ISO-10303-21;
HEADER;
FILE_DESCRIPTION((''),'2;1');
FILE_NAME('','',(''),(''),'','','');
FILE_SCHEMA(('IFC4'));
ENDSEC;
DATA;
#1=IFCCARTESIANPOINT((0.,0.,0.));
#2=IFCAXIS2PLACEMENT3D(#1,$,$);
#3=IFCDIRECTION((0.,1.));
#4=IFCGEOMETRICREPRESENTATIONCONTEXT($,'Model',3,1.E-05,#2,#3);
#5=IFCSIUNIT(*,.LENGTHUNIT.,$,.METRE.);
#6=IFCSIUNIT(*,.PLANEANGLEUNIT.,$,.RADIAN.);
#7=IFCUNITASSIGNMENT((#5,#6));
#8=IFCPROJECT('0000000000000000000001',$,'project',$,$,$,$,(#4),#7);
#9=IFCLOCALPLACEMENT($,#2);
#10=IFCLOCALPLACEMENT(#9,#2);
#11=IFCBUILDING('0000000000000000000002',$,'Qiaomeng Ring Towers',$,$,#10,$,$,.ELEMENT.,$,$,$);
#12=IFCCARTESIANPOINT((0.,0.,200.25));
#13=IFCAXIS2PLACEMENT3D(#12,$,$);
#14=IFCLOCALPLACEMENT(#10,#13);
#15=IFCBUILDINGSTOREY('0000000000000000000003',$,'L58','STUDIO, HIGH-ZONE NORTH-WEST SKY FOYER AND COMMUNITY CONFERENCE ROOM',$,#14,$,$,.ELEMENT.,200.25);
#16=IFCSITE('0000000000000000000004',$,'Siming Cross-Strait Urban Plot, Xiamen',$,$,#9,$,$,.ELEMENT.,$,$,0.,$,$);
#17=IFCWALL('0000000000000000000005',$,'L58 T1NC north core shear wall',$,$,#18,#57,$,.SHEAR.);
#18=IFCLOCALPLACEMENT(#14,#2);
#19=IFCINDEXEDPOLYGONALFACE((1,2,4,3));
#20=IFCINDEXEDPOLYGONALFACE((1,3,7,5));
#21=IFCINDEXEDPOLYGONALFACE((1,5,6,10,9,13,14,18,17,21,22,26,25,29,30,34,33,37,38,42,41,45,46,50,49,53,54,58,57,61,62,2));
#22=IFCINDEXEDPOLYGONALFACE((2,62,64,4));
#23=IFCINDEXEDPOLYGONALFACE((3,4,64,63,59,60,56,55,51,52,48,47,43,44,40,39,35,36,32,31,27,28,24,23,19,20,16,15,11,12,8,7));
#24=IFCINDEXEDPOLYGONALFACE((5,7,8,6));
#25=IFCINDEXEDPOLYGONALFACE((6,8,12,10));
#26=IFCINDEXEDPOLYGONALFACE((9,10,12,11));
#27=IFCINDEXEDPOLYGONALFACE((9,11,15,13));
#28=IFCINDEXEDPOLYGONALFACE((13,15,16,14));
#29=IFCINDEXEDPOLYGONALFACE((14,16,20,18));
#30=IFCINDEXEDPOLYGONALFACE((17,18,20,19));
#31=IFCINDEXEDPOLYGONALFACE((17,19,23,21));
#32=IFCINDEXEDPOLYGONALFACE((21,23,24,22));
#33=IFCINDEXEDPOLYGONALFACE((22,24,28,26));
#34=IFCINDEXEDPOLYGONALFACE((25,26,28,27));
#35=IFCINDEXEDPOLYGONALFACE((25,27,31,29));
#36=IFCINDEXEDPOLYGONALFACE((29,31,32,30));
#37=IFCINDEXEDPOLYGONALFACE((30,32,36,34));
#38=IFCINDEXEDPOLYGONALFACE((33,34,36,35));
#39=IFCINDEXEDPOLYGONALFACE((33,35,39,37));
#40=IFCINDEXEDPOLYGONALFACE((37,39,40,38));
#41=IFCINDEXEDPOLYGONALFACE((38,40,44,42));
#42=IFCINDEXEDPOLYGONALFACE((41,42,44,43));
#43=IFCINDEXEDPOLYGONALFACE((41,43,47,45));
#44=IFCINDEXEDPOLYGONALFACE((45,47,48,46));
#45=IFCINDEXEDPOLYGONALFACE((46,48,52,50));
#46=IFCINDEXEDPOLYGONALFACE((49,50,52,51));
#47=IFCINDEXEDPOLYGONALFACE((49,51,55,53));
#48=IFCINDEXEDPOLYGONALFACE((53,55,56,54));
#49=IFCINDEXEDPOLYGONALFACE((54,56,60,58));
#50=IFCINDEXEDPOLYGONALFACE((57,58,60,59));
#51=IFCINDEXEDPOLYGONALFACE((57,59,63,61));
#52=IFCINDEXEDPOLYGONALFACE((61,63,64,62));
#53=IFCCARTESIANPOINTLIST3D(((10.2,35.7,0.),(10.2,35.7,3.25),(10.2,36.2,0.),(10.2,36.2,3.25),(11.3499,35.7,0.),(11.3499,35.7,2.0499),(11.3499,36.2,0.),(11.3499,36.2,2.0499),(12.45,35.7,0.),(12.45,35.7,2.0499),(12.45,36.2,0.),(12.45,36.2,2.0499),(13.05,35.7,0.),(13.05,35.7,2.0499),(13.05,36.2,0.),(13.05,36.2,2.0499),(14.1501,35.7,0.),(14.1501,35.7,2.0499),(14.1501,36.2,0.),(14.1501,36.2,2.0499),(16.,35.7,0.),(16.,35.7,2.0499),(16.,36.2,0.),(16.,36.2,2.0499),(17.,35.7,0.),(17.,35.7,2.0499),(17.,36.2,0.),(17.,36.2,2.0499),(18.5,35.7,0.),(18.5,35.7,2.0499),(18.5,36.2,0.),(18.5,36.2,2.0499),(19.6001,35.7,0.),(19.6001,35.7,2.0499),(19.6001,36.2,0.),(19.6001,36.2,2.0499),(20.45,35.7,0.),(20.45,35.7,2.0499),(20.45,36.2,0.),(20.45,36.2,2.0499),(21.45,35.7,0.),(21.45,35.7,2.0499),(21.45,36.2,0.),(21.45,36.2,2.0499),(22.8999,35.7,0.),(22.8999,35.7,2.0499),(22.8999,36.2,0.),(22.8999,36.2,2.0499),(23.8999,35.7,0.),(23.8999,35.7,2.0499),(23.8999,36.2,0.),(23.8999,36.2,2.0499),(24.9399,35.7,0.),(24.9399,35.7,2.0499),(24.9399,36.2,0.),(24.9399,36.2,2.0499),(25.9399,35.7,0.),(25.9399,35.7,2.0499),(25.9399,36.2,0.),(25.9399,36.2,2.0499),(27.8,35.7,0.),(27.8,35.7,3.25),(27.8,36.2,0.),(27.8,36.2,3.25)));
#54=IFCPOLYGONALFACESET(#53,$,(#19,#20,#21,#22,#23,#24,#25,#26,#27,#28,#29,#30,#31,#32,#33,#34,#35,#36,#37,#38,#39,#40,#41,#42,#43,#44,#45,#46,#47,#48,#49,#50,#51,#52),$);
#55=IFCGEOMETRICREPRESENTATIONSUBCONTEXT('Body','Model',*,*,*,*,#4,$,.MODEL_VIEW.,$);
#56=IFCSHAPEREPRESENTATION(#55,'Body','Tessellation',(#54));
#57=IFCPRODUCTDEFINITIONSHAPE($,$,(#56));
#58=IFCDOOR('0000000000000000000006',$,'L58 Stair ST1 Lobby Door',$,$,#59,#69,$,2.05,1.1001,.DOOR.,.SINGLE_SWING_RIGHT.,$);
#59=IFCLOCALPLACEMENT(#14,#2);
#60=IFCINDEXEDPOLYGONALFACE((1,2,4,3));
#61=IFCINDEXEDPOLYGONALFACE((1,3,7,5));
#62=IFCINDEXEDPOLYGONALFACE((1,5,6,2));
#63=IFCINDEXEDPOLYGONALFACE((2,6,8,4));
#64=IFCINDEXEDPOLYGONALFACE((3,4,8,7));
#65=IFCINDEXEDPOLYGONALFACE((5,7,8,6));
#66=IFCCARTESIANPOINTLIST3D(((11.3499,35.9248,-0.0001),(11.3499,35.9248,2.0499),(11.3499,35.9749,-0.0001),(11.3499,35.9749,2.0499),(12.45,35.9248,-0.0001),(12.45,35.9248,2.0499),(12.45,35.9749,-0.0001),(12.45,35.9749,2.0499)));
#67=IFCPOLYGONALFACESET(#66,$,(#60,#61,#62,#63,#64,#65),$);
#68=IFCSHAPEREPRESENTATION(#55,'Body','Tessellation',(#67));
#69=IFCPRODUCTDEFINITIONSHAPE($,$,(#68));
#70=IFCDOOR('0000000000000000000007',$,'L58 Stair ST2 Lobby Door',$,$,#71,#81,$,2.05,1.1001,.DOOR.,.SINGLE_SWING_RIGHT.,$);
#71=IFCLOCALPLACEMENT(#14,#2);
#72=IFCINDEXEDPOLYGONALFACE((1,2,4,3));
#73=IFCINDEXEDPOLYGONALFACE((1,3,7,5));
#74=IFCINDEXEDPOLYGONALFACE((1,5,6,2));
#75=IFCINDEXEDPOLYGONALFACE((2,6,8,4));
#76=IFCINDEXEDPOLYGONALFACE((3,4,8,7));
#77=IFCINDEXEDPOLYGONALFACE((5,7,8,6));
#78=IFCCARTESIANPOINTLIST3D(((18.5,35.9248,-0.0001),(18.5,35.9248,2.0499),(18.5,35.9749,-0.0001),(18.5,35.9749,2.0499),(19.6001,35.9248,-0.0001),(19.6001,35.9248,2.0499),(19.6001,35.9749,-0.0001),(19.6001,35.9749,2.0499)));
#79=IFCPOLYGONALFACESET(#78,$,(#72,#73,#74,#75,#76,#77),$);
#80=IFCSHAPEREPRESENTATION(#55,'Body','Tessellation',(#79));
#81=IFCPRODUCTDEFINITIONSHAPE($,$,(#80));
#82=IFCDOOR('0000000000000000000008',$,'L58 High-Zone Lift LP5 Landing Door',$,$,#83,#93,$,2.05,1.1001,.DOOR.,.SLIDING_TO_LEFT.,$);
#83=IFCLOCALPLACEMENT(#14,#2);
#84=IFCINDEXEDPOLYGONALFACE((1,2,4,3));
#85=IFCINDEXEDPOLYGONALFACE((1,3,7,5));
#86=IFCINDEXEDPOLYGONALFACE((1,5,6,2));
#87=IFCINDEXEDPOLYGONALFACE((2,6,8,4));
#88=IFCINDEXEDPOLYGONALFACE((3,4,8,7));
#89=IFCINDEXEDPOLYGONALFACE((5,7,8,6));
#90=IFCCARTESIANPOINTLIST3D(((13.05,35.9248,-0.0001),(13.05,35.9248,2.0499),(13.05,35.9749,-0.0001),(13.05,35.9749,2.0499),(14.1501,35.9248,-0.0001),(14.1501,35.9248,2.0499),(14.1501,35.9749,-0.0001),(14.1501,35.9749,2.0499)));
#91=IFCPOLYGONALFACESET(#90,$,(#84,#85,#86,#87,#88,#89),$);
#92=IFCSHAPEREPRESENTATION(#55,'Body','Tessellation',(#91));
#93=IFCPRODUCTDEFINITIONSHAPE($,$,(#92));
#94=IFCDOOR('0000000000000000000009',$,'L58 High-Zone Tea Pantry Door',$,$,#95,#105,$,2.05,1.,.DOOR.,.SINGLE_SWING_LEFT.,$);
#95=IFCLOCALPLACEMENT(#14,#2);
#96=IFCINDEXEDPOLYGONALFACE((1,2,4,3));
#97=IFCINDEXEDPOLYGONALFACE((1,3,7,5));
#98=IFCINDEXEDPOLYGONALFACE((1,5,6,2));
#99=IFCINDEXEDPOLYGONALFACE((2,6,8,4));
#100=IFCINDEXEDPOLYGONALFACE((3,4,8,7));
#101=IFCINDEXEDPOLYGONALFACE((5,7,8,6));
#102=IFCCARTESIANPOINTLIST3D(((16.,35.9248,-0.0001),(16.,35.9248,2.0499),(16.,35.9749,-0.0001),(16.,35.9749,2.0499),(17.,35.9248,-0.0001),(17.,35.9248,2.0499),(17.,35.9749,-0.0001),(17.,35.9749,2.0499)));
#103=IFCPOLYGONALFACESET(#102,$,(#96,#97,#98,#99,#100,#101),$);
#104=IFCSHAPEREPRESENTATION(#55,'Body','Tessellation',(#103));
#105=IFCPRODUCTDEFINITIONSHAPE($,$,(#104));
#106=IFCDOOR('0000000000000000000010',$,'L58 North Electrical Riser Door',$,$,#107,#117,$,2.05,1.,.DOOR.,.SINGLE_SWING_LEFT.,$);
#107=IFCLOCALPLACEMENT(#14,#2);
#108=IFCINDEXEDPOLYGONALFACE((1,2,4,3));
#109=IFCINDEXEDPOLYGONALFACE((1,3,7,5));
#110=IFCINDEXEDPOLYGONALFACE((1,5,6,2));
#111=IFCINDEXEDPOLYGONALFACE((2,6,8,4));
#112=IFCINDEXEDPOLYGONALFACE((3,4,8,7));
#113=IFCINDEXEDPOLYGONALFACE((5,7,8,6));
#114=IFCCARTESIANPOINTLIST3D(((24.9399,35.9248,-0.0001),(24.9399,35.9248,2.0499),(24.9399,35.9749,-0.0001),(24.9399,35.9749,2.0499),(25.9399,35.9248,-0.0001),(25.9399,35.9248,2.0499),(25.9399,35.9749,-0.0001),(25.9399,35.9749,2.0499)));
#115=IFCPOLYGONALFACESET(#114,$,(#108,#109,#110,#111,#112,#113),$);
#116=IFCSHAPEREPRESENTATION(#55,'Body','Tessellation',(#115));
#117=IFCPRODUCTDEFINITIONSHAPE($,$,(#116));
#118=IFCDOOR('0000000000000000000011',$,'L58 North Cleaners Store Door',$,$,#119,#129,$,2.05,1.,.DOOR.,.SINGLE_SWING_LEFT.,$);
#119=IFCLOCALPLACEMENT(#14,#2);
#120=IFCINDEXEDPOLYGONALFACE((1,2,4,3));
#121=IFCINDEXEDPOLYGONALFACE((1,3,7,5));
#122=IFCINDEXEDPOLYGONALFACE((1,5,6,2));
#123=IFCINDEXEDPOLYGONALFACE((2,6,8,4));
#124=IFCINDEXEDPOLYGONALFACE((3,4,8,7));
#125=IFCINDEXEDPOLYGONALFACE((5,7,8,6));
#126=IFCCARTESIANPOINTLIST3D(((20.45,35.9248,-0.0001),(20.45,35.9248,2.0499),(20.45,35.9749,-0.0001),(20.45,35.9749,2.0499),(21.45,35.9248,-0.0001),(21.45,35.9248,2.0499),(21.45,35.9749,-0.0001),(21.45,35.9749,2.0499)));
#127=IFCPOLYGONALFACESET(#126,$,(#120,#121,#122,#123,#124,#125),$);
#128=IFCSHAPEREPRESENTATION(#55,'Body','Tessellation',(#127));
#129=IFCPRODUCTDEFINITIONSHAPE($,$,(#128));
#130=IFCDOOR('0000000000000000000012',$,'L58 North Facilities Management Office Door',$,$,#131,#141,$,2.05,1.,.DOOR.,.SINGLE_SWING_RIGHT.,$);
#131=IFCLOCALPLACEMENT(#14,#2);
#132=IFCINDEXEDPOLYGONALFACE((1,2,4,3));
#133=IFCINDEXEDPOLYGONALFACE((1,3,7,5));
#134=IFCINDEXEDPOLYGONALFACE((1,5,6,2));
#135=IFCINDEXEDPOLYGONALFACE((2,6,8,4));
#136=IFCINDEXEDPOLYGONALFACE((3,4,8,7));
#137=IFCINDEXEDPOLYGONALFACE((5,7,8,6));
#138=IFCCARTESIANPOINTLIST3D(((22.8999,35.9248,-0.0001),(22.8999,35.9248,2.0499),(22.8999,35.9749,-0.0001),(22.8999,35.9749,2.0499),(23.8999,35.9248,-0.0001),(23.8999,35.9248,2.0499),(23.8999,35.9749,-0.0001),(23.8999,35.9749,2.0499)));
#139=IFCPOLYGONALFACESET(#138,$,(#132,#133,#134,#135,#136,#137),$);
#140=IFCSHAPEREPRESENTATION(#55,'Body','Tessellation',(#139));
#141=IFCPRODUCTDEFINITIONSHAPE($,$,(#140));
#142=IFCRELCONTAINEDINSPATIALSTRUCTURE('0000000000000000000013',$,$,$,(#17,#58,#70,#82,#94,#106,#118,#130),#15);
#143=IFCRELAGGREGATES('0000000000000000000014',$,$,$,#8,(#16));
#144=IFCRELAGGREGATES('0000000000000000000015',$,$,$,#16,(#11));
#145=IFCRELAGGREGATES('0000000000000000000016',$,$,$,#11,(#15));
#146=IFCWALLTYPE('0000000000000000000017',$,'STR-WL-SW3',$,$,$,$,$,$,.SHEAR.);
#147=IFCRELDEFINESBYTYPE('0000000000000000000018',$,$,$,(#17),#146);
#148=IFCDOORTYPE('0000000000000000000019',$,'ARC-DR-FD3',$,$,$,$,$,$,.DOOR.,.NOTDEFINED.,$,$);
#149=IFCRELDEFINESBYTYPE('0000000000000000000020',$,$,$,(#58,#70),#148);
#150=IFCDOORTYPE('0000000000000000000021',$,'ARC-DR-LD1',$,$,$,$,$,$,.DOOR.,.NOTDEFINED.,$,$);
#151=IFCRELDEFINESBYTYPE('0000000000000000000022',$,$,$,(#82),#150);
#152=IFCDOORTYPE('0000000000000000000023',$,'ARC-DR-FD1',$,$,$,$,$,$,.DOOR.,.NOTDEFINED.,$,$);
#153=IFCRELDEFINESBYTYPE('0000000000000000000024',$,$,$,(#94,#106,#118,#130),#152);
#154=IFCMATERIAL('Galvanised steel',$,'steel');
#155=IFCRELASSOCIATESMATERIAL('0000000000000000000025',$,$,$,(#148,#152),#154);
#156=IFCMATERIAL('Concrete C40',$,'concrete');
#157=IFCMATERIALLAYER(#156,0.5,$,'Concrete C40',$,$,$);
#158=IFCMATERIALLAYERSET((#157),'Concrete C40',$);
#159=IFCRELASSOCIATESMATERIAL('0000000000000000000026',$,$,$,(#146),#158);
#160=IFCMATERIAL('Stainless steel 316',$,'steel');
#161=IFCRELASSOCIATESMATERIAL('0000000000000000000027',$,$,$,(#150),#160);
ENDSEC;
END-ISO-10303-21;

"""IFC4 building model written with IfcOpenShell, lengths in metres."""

from ifc_helpers import new_model, si_unit, direction, frame, frame_2d, origin, place, context, subcontext, project, spatial, rectangle, extrude, source, transform, mapped, material, layer, layer_set, type_object, element, fill, save


model = new_model("IFC4")

# Units and contexts
model_context = context("Model", 3, precision=1e-05, world=origin(), true_north=direction((0.0, 1.0)))
body_context = subcontext(model_context, "Body", "Model", "MODEL_VIEW")
ifc_project = project(units=[si_unit("LENGTHUNIT", "METRE"), si_unit("PLANEANGLEUNIT", "RADIAN")], contexts=[model_context])

# Site, building, storey
site_placement = place(None, origin())
site = spatial("IfcSite", under=ifc_project, at=site_placement, Name="Siming Cross-Strait Urban Plot, Xiamen", CompositionType="ELEMENT", RefElevation=0.0)
building_placement = place(site_placement, origin())
building = spatial("IfcBuilding", under=site, at=building_placement, Name="Qiaomeng Ring Towers", CompositionType="ELEMENT")
storey_placement = place(building_placement, frame((0.0, 0.0, 200.25)))
storey = spatial("IfcBuildingStorey", under=building, at=storey_placement, Name="L58", Description="STUDIO, HIGH-ZONE NORTH-WEST SKY FOYER AND COMMUNITY CONFERENCE ROOM", CompositionType="ELEMENT", Elevation=200.25)

# Shared definitions
ifc_material_1 = material(Name="Concrete C40", Category="concrete")

# Shared definitions
ifc_material_2 = material(Name="Galvanised steel", Category="steel")
door_type_1 = type_object("IfcDoorType", Name="ARC-DR-FD3", OperationType="NOTDEFINED", PredefinedType="DOOR", material=ifc_material_2)
shared_shape_1 = source(origin(), body_context, "Body", "SweptSolid", [
    extrude(rectangle(XDim=1.1001, YDim=2.05, at=frame_2d((0.55, 1.0249))), frame((0.0, 0.0249, 0.0), z_axis=(0.0, -1.0, 0.0), x_axis=(1.0, 0.0, 0.0)), (0.0, 0.0, 1.0), 0.05),
])

# Wall, openings, doors
ifc_layer_1 = layer(ifc_material_1, 0.5, Name="Concrete C40")
ifc_layer_set_1 = layer_set([ifc_layer_1], Name="Concrete C40")
wall_type_1 = type_object("IfcWallType", Name="STR-WL-SW3", PredefinedType="SHEAR", material=ifc_layer_set_1)
wall_1_placement = place(storey_placement, frame((10.2, 35.95, 0.0), z_axis=(0.0, 0.0, 1.0), x_axis=(1.0, 0.0, 0.0)))
wall_1 = element("IfcWall", 1, at=wall_1_placement, inside=storey, type_object=wall_type_1, Name="L58 T1NC north core shear wall", PredefinedType="SHEAR", context=body_context, shape_type="SweptSolid", body=[
    extrude(rectangle(XDim=17.6001, YDim=0.5, at=frame_2d((8.8, 0.0))), origin(), (0.0, 0.0, 1.0), 3.25),
])
opening_1_placement = place(wall_1_placement, frame((1.1499, 0.0, 0.0)))
opening_1 = element("IfcOpeningElement", 2, at=opening_1_placement, cuts=wall_1, PredefinedType="OPENING", context=body_context, shape_type="SweptSolid", body=[
    extrude(rectangle(XDim=1.1001, YDim=2.05, at=frame_2d((0.55, 1.0249))), frame((0.0, 0.26, 0.0), z_axis=(0.0, -1.0, 0.0), x_axis=(1.0, 0.0, 0.0)), (0.0, 0.0, 1.0), 0.52),
])
opening_2_placement = place(wall_1_placement, frame((8.3, 0.0, 0.0)))
opening_2 = element("IfcOpeningElement", 3, at=opening_2_placement, cuts=wall_1, PredefinedType="OPENING", context=body_context, shape_type="SweptSolid", body=[
    extrude(rectangle(XDim=1.1001, YDim=2.05, at=frame_2d((0.55, 1.0249))), frame((0.0, 0.26, 0.0), z_axis=(0.0, -1.0, 0.0), x_axis=(1.0, 0.0, 0.0)), (0.0, 0.0, 1.0), 0.52),
])
opening_3_placement = place(wall_1_placement, frame((2.8501, 0.0, 0.0)))
opening_3 = element("IfcOpeningElement", 4, at=opening_3_placement, cuts=wall_1, PredefinedType="OPENING", context=body_context, shape_type="SweptSolid", body=[
    extrude(rectangle(XDim=1.1001, YDim=2.05, at=frame_2d((0.55, 1.0249))), frame((0.0, 0.26, 0.0), z_axis=(0.0, -1.0, 0.0), x_axis=(1.0, 0.0, 0.0)), (0.0, 0.0, 1.0), 0.52),
])
opening_4_placement = place(wall_1_placement, frame((5.8, 0.0, 0.0)))
opening_4 = element("IfcOpeningElement", 5, at=opening_4_placement, cuts=wall_1, PredefinedType="OPENING", context=body_context, shape_type="SweptSolid", body=[
    extrude(rectangle(XDim=1.0, YDim=2.05, at=frame_2d((0.5, 1.0249))), frame((0.0, 0.26, 0.0), z_axis=(0.0, -1.0, 0.0), x_axis=(1.0, 0.0, 0.0)), (0.0, 0.0, 1.0), 0.52),
])
opening_5_placement = place(wall_1_placement, frame((14.74, 0.0, 0.0)))
opening_5 = element("IfcOpeningElement", 6, at=opening_5_placement, cuts=wall_1, PredefinedType="OPENING", context=body_context, shape_type="SweptSolid", body=[
    extrude(rectangle(XDim=1.0, YDim=2.05, at=frame_2d((0.5, 1.0249))), frame((0.0, 0.26, 0.0), z_axis=(0.0, -1.0, 0.0), x_axis=(1.0, 0.0, 0.0)), (0.0, 0.0, 1.0), 0.52),
])
opening_6_placement = place(wall_1_placement, frame((10.25, 0.0, 0.0)))
opening_6 = element("IfcOpeningElement", 7, at=opening_6_placement, cuts=wall_1, PredefinedType="OPENING", context=body_context, shape_type="SweptSolid", body=[
    extrude(rectangle(XDim=1.0, YDim=2.05, at=frame_2d((0.5, 1.0249))), frame((0.0, 0.26, 0.0), z_axis=(0.0, -1.0, 0.0), x_axis=(1.0, 0.0, 0.0)), (0.0, 0.0, 1.0), 0.52),
])
opening_7_placement = place(wall_1_placement, frame((12.7, 0.0, 0.0)))
opening_7 = element("IfcOpeningElement", 8, at=opening_7_placement, cuts=wall_1, PredefinedType="OPENING", context=body_context, shape_type="SweptSolid", body=[
    extrude(rectangle(XDim=1.0, YDim=2.05, at=frame_2d((0.5, 1.0249))), frame((0.0, 0.26, 0.0), z_axis=(0.0, -1.0, 0.0), x_axis=(1.0, 0.0, 0.0)), (0.0, 0.0, 1.0), 0.52),
])
door_1_placement = place(opening_1_placement, origin())
door_1 = element("IfcDoor", 9, at=door_1_placement, inside=storey, type_object=door_type_1, Name="L58 Stair ST1 Lobby Door", OperationType="SINGLE_SWING_RIGHT", OverallHeight=2.05, OverallWidth=1.1001, PredefinedType="DOOR", context=body_context, shape_type="MappedRepresentation", body=[
    mapped(shared_shape_1, transform((0.0, 0.0, 0.0), x_axis=(1.0, 0.0, 0.0), y_axis=(0.0, 1.0, 0.0), z_axis=(0.0, 0.0, 1.0), scale=1.0)),
])
fill(opening_1, door_1)
door_2_placement = place(opening_2_placement, origin())
door_2 = element("IfcDoor", 10, at=door_2_placement, inside=storey, type_object=door_type_1, Name="L58 Stair ST2 Lobby Door", OperationType="SINGLE_SWING_RIGHT", OverallHeight=2.05, OverallWidth=1.1001, PredefinedType="DOOR", context=body_context, shape_type="MappedRepresentation", body=[
    mapped(shared_shape_1, transform((0.0, 0.0, 0.0), x_axis=(1.0, 0.0, 0.0), y_axis=(0.0, 1.0, 0.0), z_axis=(0.0, 0.0, 1.0), scale=1.0)),
])
fill(opening_2, door_2)
ifc_material_3 = material(Name="Stainless steel 316", Category="steel")
door_type_2 = type_object("IfcDoorType", Name="ARC-DR-LD1", OperationType="NOTDEFINED", PredefinedType="DOOR", material=ifc_material_3)
door_3_placement = place(opening_3_placement, origin())
door_3 = element("IfcDoor", 11, at=door_3_placement, inside=storey, type_object=door_type_2, Name="L58 High-Zone Lift LP5 Landing Door", OperationType="SLIDING_TO_LEFT", OverallHeight=2.05, OverallWidth=1.1001, PredefinedType="DOOR", context=body_context, shape_type="MappedRepresentation", body=[
    mapped(shared_shape_1, transform((0.0, 0.0, 0.0), x_axis=(1.0, 0.0, 0.0), y_axis=(0.0, 1.0, 0.0), z_axis=(0.0, 0.0, 1.0), scale=1.0)),
])
fill(opening_3, door_3)
door_type_3 = type_object("IfcDoorType", Name="ARC-DR-FD1", OperationType="NOTDEFINED", PredefinedType="DOOR", material=ifc_material_2)
shared_shape_2 = source(origin(), body_context, "Body", "SweptSolid", [
    extrude(rectangle(XDim=1.0, YDim=2.05, at=frame_2d((0.5, 1.0249))), frame((0.0, 0.0249, 0.0), z_axis=(0.0, -1.0, 0.0), x_axis=(1.0, 0.0, 0.0)), (0.0, 0.0, 1.0), 0.05),
])
door_4_placement = place(opening_4_placement, origin())
door_4 = element("IfcDoor", 12, at=door_4_placement, inside=storey, type_object=door_type_3, Name="L58 High-Zone Tea Pantry Door", OperationType="SINGLE_SWING_LEFT", OverallHeight=2.05, OverallWidth=1.0, PredefinedType="DOOR", context=body_context, shape_type="MappedRepresentation", body=[
    mapped(shared_shape_2, transform((0.0, 0.0, 0.0), x_axis=(1.0, 0.0, 0.0), y_axis=(0.0, 1.0, 0.0), z_axis=(0.0, 0.0, 1.0), scale=1.0)),
])
fill(opening_4, door_4)
door_5_placement = place(opening_5_placement, origin())
door_5 = element("IfcDoor", 13, at=door_5_placement, inside=storey, type_object=door_type_3, Name="L58 North Electrical Riser Door", OperationType="SINGLE_SWING_LEFT", OverallHeight=2.05, OverallWidth=1.0, PredefinedType="DOOR", context=body_context, shape_type="MappedRepresentation", body=[
    mapped(shared_shape_2, transform((0.0, 0.0, 0.0), x_axis=(1.0, 0.0, 0.0), y_axis=(0.0, 1.0, 0.0), z_axis=(0.0, 0.0, 1.0), scale=1.0)),
])
fill(opening_5, door_5)
door_6_placement = place(opening_6_placement, origin())
door_6 = element("IfcDoor", 14, at=door_6_placement, inside=storey, type_object=door_type_3, Name="L58 North Cleaners Store Door", OperationType="SINGLE_SWING_LEFT", OverallHeight=2.05, OverallWidth=1.0, PredefinedType="DOOR", context=body_context, shape_type="MappedRepresentation", body=[
    mapped(shared_shape_2, transform((0.0, 0.0, 0.0), x_axis=(1.0, 0.0, 0.0), y_axis=(0.0, 1.0, 0.0), z_axis=(0.0, 0.0, 1.0), scale=1.0)),
])
fill(opening_6, door_6)
door_7_placement = place(opening_7_placement, origin())
door_7 = element("IfcDoor", 15, at=door_7_placement, inside=storey, type_object=door_type_3, Name="L58 North Facilities Management Office Door", OperationType="SINGLE_SWING_RIGHT", OverallHeight=2.05, OverallWidth=1.0, PredefinedType="DOOR", context=body_context, shape_type="MappedRepresentation", body=[
    mapped(shared_shape_2, transform((0.0, 0.0, 0.0), x_axis=(1.0, 0.0, 0.0), y_axis=(0.0, 1.0, 0.0), z_axis=(0.0, 0.0, 1.0), scale=1.0)),
])
fill(opening_7, door_7)

save(model, "model.ifc")
